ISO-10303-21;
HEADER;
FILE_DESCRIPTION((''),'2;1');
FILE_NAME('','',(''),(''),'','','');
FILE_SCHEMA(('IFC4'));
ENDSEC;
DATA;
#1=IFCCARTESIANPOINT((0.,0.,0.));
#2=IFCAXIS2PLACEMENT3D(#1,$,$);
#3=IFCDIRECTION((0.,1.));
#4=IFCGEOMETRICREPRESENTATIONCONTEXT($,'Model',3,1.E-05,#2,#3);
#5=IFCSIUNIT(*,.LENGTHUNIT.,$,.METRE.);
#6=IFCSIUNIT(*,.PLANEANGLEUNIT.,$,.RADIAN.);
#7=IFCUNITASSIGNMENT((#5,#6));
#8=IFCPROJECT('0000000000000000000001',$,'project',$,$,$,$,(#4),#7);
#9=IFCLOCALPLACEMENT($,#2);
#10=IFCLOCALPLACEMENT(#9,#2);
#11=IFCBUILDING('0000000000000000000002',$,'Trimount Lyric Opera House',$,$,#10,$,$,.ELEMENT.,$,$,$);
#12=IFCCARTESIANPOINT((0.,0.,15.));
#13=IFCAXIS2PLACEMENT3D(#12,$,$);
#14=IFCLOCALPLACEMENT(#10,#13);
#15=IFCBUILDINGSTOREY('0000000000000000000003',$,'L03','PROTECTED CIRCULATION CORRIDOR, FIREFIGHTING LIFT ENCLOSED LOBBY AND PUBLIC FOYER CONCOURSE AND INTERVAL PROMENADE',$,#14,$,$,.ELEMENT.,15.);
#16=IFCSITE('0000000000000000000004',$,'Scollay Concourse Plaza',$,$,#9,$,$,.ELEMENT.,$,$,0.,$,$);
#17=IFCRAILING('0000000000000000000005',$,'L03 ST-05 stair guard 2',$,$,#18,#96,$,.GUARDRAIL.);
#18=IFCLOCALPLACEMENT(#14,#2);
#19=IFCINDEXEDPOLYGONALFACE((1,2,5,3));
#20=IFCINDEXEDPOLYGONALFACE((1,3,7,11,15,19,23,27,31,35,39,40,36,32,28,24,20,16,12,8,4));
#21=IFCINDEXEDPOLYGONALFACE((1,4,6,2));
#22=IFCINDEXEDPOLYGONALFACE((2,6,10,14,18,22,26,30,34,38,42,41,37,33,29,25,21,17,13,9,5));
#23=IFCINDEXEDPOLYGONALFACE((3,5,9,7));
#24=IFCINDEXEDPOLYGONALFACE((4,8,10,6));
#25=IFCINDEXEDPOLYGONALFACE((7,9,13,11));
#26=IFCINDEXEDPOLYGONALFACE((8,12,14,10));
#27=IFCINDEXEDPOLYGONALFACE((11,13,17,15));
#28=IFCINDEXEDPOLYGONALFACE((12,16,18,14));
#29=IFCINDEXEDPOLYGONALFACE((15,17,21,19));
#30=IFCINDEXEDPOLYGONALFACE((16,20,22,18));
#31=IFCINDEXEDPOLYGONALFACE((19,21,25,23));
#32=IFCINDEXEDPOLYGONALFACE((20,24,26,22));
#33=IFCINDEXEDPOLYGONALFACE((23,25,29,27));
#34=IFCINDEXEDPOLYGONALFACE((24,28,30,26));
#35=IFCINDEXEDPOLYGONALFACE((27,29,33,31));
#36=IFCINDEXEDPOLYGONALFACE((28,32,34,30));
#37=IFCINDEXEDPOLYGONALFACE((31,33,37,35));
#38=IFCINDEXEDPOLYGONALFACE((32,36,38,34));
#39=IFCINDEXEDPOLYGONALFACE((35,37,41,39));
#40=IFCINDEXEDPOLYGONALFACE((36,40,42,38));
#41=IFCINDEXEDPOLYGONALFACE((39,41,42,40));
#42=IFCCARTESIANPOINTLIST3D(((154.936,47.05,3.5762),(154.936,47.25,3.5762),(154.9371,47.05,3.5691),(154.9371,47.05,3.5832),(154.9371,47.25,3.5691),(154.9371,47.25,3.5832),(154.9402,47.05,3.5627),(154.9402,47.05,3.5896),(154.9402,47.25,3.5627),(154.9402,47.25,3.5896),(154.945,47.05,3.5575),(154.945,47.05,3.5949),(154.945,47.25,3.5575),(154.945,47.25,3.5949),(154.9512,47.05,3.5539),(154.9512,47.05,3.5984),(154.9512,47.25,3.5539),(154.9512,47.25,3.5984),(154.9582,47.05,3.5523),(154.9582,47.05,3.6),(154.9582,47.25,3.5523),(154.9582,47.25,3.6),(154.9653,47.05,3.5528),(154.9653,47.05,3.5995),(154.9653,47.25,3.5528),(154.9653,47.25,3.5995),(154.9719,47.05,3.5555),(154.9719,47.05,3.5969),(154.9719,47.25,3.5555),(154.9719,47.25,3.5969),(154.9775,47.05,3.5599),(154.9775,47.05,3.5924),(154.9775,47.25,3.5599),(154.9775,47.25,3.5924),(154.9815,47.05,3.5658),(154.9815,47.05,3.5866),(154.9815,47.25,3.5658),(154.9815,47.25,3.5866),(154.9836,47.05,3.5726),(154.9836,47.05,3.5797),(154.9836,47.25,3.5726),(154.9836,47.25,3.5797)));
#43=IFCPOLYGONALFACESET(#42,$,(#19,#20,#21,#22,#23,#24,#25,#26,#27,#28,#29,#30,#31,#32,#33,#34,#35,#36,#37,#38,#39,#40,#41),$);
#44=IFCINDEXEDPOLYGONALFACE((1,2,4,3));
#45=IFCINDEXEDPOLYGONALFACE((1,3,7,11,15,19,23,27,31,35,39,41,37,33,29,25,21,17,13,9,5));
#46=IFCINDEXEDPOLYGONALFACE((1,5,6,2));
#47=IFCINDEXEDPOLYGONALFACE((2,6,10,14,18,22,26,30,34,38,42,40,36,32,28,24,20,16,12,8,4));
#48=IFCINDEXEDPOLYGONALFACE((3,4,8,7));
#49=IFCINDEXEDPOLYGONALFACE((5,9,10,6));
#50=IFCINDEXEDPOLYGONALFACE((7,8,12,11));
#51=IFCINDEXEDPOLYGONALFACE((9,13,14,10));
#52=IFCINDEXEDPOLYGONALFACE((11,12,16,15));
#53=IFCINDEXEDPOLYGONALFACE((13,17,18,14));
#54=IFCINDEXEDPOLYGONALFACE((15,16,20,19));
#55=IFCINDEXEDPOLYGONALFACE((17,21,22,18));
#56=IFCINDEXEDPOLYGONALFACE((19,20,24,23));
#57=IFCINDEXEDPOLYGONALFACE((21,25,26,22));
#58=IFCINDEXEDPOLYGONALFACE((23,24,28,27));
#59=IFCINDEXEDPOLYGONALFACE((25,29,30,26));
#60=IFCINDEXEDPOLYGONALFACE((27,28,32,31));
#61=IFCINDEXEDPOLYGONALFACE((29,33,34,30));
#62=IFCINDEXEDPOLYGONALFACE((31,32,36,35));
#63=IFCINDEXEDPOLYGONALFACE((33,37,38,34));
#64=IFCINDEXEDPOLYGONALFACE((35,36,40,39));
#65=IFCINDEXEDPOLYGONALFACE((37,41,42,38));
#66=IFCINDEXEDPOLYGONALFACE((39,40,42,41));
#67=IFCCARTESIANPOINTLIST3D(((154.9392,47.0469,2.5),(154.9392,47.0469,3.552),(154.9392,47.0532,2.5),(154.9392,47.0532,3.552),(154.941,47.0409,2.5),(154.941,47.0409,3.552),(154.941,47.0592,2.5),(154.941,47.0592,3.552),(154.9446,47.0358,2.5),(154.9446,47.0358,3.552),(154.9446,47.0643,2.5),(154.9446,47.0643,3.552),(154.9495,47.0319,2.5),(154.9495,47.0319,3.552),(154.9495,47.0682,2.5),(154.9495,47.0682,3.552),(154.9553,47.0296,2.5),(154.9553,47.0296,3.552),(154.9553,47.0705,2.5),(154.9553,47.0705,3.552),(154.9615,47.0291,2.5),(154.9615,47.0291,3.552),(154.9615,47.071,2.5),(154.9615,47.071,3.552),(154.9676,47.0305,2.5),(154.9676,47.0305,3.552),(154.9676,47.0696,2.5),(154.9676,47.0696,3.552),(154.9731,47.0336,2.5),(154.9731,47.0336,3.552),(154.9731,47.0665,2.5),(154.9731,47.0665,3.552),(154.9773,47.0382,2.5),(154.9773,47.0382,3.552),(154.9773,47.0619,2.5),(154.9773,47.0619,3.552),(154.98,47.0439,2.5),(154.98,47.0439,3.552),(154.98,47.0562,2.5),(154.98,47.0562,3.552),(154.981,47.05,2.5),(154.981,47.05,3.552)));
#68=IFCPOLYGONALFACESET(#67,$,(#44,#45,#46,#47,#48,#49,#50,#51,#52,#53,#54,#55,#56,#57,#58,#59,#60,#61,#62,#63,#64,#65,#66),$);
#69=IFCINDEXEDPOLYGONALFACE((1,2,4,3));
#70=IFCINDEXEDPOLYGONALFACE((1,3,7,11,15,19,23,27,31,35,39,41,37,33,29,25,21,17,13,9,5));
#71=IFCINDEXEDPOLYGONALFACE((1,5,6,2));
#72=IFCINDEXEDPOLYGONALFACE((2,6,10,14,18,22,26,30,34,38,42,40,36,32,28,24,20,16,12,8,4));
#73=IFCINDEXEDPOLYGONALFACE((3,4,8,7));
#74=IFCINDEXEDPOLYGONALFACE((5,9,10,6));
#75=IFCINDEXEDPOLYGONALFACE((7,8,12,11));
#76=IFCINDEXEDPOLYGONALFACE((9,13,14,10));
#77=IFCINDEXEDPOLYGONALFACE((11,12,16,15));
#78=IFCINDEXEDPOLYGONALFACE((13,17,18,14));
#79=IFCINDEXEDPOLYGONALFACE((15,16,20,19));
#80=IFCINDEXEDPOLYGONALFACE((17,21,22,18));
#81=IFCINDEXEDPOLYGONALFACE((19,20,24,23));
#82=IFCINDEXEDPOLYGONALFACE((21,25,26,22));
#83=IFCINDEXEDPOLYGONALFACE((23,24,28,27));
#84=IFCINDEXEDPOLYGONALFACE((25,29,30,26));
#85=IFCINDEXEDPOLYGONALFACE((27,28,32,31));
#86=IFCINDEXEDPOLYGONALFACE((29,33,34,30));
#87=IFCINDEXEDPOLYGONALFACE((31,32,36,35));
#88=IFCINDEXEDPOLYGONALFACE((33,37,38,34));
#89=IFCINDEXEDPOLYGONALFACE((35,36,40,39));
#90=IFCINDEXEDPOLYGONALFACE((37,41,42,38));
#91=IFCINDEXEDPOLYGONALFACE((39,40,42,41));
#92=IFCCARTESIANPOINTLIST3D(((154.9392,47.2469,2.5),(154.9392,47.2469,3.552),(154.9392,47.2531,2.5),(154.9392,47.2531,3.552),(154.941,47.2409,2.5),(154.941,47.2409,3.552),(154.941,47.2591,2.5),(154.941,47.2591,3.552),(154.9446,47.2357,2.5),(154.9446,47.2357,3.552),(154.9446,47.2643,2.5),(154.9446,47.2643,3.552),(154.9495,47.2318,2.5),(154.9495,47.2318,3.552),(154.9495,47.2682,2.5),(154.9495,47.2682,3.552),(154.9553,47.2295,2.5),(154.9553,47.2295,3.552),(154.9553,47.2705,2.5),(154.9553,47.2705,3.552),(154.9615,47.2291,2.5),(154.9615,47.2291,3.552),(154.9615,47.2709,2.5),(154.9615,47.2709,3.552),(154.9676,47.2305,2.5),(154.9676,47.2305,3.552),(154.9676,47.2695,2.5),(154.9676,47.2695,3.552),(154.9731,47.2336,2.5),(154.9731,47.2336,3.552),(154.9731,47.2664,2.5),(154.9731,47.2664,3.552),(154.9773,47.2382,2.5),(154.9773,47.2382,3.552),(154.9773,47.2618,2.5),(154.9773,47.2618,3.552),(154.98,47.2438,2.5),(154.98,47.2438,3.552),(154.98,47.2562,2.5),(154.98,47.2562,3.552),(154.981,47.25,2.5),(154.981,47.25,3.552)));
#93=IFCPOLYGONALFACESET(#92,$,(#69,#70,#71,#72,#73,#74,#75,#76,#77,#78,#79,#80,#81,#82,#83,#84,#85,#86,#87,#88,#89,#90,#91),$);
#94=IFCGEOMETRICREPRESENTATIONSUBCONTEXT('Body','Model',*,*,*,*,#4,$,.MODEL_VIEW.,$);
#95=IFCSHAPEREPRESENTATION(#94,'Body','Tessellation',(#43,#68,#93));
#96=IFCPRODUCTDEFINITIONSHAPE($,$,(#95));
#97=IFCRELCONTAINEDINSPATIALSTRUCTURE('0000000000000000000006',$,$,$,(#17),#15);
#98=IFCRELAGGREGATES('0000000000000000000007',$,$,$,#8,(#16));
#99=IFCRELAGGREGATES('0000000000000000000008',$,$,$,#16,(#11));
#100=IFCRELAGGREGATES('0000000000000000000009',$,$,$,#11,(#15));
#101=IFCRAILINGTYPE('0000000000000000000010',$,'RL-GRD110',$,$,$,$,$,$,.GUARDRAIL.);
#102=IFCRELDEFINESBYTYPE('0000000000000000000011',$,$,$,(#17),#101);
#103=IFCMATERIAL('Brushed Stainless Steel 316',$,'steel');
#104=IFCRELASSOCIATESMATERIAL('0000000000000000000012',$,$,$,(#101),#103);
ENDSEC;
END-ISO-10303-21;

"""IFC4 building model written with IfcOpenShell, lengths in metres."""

from ifc_helpers import new_model, si_unit, direction, frame, origin, origin_2d, place, context, subcontext, project, spatial, circle, extrude, material, type_object, element, save


model = new_model("IFC4")

# Units and contexts
model_context = context("Model", 3, precision=1e-05, world=origin(), true_north=direction((0.0, 1.0)))
body_context = subcontext(model_context, "Body", "Model", "MODEL_VIEW")
ifc_project = project(units=[si_unit("LENGTHUNIT", "METRE"), si_unit("PLANEANGLEUNIT", "RADIAN")], contexts=[model_context])

# Site, building, storey
site_placement = place(None, origin())
site = spatial("IfcSite", under=ifc_project, at=site_placement, Name="Scollay Concourse Plaza", CompositionType="ELEMENT", RefElevation=0.0)
building_placement = place(site_placement, origin())
building = spatial("IfcBuilding", under=site, at=building_placement, Name="Trimount Lyric Opera House", CompositionType="ELEMENT")
storey_placement = place(building_placement, frame((0.0, 0.0, 15.0)))
storey = spatial("IfcBuildingStorey", under=building, at=storey_placement, Name="L03", Description="PROTECTED CIRCULATION CORRIDOR, FIREFIGHTING LIFT ENCLOSED LOBBY AND PUBLIC FOYER CONCOURSE AND INTERVAL PROMENADE", CompositionType="ELEMENT", Elevation=15.0)

# Railing
ifc_material_1 = material(Name="Brushed Stainless Steel 316", Category="steel")
railing_type_1 = type_object("IfcRailingType", Name="RL-GRD110", PredefinedType="GUARDRAIL", material=ifc_material_1)
railing_1_placement = place(storey_placement, frame((154.96, 47.05, 2.5)))
element("IfcRailing", 1, at=railing_1_placement, inside=storey, type_object=railing_type_1, Name="L03 ST-05 stair guard 2", PredefinedType="GUARDRAIL", context=body_context, shape_type="SweptSolid", body=[
    extrude(circle(Radius=0.0239, at=origin_2d()), frame((0.0, 0.0, 1.0762), z_axis=(0.0, 1.0, 0.0), x_axis=(-1.0, 0.0, 0.0)), (0.0, 0.0, 1.0), 0.2),
    extrude(circle(Radius=0.021, at=origin_2d()), origin(), (0.0, 0.0, 1.0), 1.052),
    extrude(circle(Radius=0.021, at=origin_2d()), frame((0.0, 0.2, 0.0)), (0.0, 0.0, 1.0), 1.052),
])

save(model, "model.ifc")
